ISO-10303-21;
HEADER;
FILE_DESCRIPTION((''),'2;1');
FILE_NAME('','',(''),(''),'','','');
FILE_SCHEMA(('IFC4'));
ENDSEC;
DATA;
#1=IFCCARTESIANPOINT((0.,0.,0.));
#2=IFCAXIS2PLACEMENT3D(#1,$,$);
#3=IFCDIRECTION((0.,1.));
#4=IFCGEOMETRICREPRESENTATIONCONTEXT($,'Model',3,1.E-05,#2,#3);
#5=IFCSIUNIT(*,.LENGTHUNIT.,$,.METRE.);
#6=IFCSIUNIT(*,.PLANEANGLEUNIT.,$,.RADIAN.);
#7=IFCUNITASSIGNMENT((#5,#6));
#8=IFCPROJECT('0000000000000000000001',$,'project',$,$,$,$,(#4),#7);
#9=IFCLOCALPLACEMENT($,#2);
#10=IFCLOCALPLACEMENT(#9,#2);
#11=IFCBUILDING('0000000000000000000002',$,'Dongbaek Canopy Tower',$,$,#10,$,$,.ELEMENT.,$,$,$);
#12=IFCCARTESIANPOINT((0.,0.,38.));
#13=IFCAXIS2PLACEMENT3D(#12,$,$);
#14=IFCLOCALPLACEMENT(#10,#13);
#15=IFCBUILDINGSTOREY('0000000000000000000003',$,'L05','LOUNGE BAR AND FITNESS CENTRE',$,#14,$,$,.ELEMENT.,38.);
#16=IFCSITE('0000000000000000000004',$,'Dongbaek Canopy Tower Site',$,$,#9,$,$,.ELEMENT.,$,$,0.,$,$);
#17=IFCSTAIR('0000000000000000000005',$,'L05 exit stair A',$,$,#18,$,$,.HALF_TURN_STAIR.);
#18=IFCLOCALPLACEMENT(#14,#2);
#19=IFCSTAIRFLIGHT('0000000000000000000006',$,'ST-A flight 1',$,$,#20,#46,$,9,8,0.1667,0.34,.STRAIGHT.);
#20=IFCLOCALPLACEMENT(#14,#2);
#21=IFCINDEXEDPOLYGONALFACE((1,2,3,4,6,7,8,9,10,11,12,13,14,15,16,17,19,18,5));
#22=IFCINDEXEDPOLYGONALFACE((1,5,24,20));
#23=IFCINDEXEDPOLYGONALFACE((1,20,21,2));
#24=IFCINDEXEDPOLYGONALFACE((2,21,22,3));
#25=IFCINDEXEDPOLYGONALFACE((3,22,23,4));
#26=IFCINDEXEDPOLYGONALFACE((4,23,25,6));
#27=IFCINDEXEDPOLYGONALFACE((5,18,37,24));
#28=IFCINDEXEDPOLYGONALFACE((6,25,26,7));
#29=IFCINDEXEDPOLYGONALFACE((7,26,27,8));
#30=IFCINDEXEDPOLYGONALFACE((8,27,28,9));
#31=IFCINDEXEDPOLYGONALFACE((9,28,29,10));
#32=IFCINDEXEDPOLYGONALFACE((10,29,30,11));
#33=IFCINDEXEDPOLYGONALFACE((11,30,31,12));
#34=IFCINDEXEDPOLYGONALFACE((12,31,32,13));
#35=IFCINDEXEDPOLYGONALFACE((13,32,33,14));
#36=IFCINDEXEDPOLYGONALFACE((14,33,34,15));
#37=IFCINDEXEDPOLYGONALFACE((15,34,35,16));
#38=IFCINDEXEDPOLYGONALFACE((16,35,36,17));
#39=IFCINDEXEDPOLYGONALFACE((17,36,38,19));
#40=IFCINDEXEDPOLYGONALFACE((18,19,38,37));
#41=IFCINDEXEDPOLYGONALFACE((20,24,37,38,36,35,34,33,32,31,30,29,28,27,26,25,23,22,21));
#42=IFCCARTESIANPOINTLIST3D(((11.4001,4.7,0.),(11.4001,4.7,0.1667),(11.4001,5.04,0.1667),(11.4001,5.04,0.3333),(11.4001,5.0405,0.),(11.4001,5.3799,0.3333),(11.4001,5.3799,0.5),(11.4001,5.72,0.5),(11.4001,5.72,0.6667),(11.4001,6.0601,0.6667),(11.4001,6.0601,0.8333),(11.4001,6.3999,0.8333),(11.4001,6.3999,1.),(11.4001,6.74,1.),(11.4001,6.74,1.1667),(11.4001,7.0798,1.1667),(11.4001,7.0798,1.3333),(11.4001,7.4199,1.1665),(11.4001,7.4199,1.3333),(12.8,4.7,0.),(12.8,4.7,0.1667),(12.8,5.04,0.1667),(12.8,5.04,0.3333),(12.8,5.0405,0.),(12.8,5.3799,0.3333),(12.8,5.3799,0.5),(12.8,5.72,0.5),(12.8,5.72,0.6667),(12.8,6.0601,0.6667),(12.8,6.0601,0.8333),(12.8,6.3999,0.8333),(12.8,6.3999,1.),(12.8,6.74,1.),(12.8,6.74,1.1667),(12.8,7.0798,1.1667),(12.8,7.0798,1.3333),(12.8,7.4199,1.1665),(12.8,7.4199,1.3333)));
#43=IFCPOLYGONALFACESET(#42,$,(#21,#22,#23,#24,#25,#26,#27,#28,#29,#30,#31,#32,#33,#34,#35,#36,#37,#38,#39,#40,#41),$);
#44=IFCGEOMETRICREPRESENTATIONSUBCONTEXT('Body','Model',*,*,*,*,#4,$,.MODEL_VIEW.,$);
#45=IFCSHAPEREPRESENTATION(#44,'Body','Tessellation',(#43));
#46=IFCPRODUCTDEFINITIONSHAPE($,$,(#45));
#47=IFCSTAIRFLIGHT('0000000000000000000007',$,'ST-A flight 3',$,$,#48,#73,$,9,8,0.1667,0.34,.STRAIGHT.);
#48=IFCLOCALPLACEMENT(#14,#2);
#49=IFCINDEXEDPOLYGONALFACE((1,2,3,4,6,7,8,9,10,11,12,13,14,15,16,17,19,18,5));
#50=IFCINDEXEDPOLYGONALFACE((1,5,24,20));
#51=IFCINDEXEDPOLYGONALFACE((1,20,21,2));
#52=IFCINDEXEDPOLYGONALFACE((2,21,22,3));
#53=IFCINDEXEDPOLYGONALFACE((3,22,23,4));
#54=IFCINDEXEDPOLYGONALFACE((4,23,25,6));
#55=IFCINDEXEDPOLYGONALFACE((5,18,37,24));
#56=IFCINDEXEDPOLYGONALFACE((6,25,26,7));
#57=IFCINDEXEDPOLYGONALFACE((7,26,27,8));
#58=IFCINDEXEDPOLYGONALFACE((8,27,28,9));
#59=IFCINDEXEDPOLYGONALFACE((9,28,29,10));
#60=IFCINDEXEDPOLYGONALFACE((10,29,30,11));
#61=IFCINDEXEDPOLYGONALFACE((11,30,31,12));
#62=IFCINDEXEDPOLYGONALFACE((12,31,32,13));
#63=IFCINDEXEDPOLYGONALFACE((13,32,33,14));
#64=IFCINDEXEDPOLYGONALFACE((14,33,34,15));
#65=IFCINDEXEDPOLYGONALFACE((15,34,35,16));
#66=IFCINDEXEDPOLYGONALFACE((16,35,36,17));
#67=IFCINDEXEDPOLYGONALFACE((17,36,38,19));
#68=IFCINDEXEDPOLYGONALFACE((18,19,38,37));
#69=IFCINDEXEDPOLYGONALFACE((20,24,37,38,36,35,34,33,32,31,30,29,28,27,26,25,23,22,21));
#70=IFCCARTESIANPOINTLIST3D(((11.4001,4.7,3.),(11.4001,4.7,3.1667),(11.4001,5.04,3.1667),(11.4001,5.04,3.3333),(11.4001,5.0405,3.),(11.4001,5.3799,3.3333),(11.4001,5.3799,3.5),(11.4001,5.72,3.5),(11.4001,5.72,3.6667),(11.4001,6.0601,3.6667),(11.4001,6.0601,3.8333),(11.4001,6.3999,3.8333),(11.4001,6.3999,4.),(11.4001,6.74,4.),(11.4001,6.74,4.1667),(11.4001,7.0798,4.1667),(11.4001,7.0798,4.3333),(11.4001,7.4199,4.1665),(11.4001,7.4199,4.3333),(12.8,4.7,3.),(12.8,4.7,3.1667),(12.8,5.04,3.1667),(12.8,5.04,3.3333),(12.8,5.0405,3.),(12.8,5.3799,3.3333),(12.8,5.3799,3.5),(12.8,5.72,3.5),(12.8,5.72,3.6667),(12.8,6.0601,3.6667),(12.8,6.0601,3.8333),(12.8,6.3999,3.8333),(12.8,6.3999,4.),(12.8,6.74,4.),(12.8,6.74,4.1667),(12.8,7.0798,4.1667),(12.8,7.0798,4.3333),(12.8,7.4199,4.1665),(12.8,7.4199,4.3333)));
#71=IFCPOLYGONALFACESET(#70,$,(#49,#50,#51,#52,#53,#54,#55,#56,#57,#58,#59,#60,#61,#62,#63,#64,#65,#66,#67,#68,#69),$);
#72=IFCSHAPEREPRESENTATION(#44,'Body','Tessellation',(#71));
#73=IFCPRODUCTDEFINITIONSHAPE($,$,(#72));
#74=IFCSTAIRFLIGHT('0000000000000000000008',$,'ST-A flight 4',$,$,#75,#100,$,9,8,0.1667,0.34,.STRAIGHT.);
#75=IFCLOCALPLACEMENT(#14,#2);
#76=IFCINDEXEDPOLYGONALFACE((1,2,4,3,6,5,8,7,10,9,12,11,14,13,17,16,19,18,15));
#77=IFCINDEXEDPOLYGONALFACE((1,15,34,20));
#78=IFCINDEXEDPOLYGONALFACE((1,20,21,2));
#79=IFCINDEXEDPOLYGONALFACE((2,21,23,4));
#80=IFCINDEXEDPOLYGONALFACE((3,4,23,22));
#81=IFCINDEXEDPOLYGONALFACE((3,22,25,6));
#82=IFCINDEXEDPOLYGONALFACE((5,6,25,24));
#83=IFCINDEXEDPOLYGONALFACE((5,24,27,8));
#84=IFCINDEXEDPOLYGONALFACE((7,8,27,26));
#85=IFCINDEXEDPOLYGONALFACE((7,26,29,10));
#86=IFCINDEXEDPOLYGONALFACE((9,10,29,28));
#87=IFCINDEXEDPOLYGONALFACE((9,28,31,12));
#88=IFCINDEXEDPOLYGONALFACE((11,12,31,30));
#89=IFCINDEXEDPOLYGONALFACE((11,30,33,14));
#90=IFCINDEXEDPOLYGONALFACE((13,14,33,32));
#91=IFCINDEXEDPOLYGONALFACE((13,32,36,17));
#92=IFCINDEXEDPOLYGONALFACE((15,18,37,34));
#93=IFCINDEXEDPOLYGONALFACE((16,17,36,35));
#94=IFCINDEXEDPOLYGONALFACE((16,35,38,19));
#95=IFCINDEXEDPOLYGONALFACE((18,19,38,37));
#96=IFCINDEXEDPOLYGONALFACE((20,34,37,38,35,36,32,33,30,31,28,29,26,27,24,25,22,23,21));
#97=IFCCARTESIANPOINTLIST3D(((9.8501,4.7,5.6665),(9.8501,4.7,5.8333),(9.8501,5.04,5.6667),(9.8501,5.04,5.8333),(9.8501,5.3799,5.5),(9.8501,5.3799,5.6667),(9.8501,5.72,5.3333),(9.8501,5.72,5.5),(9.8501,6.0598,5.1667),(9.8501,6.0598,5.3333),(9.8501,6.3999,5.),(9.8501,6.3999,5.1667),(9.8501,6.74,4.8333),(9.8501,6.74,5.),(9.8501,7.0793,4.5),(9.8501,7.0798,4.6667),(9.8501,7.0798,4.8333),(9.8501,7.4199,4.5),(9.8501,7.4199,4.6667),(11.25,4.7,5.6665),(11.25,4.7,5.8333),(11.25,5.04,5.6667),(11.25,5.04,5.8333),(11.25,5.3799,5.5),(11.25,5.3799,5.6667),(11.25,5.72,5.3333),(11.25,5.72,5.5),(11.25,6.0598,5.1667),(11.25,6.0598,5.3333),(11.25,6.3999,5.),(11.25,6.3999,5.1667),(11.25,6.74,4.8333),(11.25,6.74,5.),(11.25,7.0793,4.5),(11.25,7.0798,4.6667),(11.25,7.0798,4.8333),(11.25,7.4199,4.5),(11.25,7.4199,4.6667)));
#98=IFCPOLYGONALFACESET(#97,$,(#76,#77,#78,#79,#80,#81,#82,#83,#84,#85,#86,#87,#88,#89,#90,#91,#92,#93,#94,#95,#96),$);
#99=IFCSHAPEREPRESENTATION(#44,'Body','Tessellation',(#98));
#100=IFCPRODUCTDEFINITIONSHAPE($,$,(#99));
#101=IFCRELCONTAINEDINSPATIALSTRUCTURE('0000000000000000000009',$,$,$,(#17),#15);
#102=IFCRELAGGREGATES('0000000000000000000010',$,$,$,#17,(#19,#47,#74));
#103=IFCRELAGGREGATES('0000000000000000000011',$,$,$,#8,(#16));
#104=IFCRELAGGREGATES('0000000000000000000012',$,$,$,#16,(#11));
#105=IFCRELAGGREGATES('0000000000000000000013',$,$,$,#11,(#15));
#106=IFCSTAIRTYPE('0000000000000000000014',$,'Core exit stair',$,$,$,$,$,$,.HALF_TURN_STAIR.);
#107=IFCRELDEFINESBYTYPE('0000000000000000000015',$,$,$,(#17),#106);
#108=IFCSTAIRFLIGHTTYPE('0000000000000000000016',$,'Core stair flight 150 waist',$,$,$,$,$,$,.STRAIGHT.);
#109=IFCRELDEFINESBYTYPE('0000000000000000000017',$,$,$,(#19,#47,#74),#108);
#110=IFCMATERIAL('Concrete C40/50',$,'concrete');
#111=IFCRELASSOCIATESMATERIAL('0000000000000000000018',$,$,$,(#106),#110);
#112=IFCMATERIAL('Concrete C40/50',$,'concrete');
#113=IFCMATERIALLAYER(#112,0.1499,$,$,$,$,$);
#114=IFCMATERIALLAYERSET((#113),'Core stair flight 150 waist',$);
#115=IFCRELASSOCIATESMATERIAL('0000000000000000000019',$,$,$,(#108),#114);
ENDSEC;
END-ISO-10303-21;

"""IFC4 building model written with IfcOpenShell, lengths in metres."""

from ifc_helpers import new_model, si_unit, direction, frame, origin, place, context, subcontext, project, spatial, polyline, outline, extrude, material, layer, layer_set, type_object, element, aggregate, save


model = new_model("IFC4")

# Units and contexts
model_context = context("Model", 3, precision=1e-05, world=origin(), true_north=direction((0.0, 1.0)))
body_context = subcontext(model_context, "Body", "Model", "MODEL_VIEW")
ifc_project = project(units=[si_unit("LENGTHUNIT", "METRE"), si_unit("PLANEANGLEUNIT", "RADIAN")], contexts=[model_context])

# Site, building, storey
site_placement = place(None, origin())
site = spatial("IfcSite", under=ifc_project, at=site_placement, Name="Dongbaek Canopy Tower Site", CompositionType="ELEMENT", RefElevation=0.0)
building_placement = place(site_placement, origin())
building = spatial("IfcBuilding", under=site, at=building_placement, Name="Dongbaek Canopy Tower", CompositionType="ELEMENT")
storey_placement = place(building_placement, frame((0.0, 0.0, 38.0)))
storey = spatial("IfcBuildingStorey", under=building, at=storey_placement, Name="L05", Description="LOUNGE BAR AND FITNESS CENTRE", CompositionType="ELEMENT", Elevation=38.0)

# Stair, stair flights
ifc_material_1 = material(Name="Concrete C40/50", Category="concrete")
stair_type = type_object("IfcStairType", Name="Core exit stair", PredefinedType="HALF_TURN_STAIR", material=ifc_material_1)
stair_placement = place(storey_placement, origin())
stair = element("IfcStair", 1, at=stair_placement, inside=storey, type_object=stair_type, Name="L05 exit stair A", PredefinedType="HALF_TURN_STAIR")
ifc_material_2 = material(Name="Concrete C40/50", Category="concrete")
ifc_layer = layer(ifc_material_2, 0.1499)
ifc_layer_set = layer_set([ifc_layer], Name="Core stair flight 150 waist")
stair_flight_type = type_object("IfcStairFlightType", Name="Core stair flight 150 waist", PredefinedType="STRAIGHT", material=ifc_layer_set)
stair_flight_1_placement = place(storey_placement, frame((12.1001, 4.7, 0.0), z_axis=(0.0, 0.0, 1.0), x_axis=(0.0, 1.0, 0.0)))
stair_flight_1 = element("IfcStairFlight", 2, at=stair_flight_1_placement, type_object=stair_flight_type, Name="ST-A flight 1", NumberOfRisers=9, NumberOfTreads=8, PredefinedType="STRAIGHT", RiserHeight=0.1667, TreadLength=0.34, context=body_context, shape_type="SweptSolid", body=[
    extrude(outline(polyline([(0.0, 0.0), (0.0, 0.1667), (0.3401, 0.1667), (0.3401, 0.3333), (0.6799, 0.3333), (0.6799, 0.5), (1.02, 0.5), (1.02, 0.6667), (1.3601, 0.6667), (1.3601, 0.8333), (1.7, 0.8333), (1.7, 1.0), (2.04, 1.0), (2.04, 1.1667), (2.3799, 1.1667), (2.3799, 1.3333), (2.72, 1.3333), (2.72, 1.5), (2.72, 1.1665), (0.3406, 0.0), (0.0, 0.0)])), frame((0.0, 0.7, 0.0), z_axis=(0.0, -1.0, 0.0), x_axis=(1.0, 0.0, 0.0)), (0.0, 0.0, 1.0), 1.3999),
])
stair_flight_2_placement = place(storey_placement, frame((12.1001, 4.7, 3.0), z_axis=(0.0, 0.0, 1.0), x_axis=(0.0, 1.0, 0.0)))
stair_flight_2 = element("IfcStairFlight", 3, at=stair_flight_2_placement, type_object=stair_flight_type, Name="ST-A flight 3", NumberOfRisers=9, NumberOfTreads=8, PredefinedType="STRAIGHT", RiserHeight=0.1667, TreadLength=0.34, context=body_context, shape_type="SweptSolid", body=[
    extrude(outline(polyline([(0.0, 0.0), (0.0, 0.1667), (0.3401, 0.1667), (0.3401, 0.3333), (0.6799, 0.3333), (0.6799, 0.5), (1.02, 0.5), (1.02, 0.6667), (1.3601, 0.6667), (1.3601, 0.8333), (1.7, 0.8333), (1.7, 1.0), (2.04, 1.0), (2.04, 1.1667), (2.3799, 1.1667), (2.3799, 1.3333), (2.72, 1.3333), (2.72, 1.5), (2.72, 1.1665), (0.3406, 0.0), (0.0, 0.0)])), frame((0.0, 0.7, 0.0), z_axis=(0.0, -1.0, 0.0), x_axis=(1.0, 0.0, 0.0)), (0.0, 0.0, 1.0), 1.3999),
])
stair_flight_3_placement = place(storey_placement, frame((10.55, 7.4199, 4.5), z_axis=(0.0, 0.0, 1.0), x_axis=(0.0, -1.0, 0.0)))
stair_flight_3 = element("IfcStairFlight", 4, at=stair_flight_3_placement, type_object=stair_flight_type, Name="ST-A flight 4", NumberOfRisers=9, NumberOfTreads=8, PredefinedType="STRAIGHT", RiserHeight=0.1667, TreadLength=0.34, context=body_context, shape_type="SweptSolid", body=[
    extrude(outline(polyline([(0.0, 0.0), (0.0, 0.1667), (0.3401, 0.1667), (0.3401, 0.3333), (0.6799, 0.3333), (0.6799, 0.5), (1.02, 0.5), (1.02, 0.6667), (1.3601, 0.6667), (1.3601, 0.8333), (1.7, 0.8333), (1.7, 1.0), (2.04, 1.0), (2.04, 1.1667), (2.3799, 1.1667), (2.3799, 1.3333), (2.72, 1.3333), (2.72, 1.5), (2.72, 1.1665), (0.3406, 0.0), (0.0, 0.0)])), frame((0.0, 0.7, 0.0), z_axis=(0.0, -1.0, 0.0), x_axis=(1.0, 0.0, 0.0)), (0.0, 0.0, 1.0), 1.3999),
])
aggregate(stair, [stair_flight_1, stair_flight_2, stair_flight_3])

save(model, "model.ifc")
